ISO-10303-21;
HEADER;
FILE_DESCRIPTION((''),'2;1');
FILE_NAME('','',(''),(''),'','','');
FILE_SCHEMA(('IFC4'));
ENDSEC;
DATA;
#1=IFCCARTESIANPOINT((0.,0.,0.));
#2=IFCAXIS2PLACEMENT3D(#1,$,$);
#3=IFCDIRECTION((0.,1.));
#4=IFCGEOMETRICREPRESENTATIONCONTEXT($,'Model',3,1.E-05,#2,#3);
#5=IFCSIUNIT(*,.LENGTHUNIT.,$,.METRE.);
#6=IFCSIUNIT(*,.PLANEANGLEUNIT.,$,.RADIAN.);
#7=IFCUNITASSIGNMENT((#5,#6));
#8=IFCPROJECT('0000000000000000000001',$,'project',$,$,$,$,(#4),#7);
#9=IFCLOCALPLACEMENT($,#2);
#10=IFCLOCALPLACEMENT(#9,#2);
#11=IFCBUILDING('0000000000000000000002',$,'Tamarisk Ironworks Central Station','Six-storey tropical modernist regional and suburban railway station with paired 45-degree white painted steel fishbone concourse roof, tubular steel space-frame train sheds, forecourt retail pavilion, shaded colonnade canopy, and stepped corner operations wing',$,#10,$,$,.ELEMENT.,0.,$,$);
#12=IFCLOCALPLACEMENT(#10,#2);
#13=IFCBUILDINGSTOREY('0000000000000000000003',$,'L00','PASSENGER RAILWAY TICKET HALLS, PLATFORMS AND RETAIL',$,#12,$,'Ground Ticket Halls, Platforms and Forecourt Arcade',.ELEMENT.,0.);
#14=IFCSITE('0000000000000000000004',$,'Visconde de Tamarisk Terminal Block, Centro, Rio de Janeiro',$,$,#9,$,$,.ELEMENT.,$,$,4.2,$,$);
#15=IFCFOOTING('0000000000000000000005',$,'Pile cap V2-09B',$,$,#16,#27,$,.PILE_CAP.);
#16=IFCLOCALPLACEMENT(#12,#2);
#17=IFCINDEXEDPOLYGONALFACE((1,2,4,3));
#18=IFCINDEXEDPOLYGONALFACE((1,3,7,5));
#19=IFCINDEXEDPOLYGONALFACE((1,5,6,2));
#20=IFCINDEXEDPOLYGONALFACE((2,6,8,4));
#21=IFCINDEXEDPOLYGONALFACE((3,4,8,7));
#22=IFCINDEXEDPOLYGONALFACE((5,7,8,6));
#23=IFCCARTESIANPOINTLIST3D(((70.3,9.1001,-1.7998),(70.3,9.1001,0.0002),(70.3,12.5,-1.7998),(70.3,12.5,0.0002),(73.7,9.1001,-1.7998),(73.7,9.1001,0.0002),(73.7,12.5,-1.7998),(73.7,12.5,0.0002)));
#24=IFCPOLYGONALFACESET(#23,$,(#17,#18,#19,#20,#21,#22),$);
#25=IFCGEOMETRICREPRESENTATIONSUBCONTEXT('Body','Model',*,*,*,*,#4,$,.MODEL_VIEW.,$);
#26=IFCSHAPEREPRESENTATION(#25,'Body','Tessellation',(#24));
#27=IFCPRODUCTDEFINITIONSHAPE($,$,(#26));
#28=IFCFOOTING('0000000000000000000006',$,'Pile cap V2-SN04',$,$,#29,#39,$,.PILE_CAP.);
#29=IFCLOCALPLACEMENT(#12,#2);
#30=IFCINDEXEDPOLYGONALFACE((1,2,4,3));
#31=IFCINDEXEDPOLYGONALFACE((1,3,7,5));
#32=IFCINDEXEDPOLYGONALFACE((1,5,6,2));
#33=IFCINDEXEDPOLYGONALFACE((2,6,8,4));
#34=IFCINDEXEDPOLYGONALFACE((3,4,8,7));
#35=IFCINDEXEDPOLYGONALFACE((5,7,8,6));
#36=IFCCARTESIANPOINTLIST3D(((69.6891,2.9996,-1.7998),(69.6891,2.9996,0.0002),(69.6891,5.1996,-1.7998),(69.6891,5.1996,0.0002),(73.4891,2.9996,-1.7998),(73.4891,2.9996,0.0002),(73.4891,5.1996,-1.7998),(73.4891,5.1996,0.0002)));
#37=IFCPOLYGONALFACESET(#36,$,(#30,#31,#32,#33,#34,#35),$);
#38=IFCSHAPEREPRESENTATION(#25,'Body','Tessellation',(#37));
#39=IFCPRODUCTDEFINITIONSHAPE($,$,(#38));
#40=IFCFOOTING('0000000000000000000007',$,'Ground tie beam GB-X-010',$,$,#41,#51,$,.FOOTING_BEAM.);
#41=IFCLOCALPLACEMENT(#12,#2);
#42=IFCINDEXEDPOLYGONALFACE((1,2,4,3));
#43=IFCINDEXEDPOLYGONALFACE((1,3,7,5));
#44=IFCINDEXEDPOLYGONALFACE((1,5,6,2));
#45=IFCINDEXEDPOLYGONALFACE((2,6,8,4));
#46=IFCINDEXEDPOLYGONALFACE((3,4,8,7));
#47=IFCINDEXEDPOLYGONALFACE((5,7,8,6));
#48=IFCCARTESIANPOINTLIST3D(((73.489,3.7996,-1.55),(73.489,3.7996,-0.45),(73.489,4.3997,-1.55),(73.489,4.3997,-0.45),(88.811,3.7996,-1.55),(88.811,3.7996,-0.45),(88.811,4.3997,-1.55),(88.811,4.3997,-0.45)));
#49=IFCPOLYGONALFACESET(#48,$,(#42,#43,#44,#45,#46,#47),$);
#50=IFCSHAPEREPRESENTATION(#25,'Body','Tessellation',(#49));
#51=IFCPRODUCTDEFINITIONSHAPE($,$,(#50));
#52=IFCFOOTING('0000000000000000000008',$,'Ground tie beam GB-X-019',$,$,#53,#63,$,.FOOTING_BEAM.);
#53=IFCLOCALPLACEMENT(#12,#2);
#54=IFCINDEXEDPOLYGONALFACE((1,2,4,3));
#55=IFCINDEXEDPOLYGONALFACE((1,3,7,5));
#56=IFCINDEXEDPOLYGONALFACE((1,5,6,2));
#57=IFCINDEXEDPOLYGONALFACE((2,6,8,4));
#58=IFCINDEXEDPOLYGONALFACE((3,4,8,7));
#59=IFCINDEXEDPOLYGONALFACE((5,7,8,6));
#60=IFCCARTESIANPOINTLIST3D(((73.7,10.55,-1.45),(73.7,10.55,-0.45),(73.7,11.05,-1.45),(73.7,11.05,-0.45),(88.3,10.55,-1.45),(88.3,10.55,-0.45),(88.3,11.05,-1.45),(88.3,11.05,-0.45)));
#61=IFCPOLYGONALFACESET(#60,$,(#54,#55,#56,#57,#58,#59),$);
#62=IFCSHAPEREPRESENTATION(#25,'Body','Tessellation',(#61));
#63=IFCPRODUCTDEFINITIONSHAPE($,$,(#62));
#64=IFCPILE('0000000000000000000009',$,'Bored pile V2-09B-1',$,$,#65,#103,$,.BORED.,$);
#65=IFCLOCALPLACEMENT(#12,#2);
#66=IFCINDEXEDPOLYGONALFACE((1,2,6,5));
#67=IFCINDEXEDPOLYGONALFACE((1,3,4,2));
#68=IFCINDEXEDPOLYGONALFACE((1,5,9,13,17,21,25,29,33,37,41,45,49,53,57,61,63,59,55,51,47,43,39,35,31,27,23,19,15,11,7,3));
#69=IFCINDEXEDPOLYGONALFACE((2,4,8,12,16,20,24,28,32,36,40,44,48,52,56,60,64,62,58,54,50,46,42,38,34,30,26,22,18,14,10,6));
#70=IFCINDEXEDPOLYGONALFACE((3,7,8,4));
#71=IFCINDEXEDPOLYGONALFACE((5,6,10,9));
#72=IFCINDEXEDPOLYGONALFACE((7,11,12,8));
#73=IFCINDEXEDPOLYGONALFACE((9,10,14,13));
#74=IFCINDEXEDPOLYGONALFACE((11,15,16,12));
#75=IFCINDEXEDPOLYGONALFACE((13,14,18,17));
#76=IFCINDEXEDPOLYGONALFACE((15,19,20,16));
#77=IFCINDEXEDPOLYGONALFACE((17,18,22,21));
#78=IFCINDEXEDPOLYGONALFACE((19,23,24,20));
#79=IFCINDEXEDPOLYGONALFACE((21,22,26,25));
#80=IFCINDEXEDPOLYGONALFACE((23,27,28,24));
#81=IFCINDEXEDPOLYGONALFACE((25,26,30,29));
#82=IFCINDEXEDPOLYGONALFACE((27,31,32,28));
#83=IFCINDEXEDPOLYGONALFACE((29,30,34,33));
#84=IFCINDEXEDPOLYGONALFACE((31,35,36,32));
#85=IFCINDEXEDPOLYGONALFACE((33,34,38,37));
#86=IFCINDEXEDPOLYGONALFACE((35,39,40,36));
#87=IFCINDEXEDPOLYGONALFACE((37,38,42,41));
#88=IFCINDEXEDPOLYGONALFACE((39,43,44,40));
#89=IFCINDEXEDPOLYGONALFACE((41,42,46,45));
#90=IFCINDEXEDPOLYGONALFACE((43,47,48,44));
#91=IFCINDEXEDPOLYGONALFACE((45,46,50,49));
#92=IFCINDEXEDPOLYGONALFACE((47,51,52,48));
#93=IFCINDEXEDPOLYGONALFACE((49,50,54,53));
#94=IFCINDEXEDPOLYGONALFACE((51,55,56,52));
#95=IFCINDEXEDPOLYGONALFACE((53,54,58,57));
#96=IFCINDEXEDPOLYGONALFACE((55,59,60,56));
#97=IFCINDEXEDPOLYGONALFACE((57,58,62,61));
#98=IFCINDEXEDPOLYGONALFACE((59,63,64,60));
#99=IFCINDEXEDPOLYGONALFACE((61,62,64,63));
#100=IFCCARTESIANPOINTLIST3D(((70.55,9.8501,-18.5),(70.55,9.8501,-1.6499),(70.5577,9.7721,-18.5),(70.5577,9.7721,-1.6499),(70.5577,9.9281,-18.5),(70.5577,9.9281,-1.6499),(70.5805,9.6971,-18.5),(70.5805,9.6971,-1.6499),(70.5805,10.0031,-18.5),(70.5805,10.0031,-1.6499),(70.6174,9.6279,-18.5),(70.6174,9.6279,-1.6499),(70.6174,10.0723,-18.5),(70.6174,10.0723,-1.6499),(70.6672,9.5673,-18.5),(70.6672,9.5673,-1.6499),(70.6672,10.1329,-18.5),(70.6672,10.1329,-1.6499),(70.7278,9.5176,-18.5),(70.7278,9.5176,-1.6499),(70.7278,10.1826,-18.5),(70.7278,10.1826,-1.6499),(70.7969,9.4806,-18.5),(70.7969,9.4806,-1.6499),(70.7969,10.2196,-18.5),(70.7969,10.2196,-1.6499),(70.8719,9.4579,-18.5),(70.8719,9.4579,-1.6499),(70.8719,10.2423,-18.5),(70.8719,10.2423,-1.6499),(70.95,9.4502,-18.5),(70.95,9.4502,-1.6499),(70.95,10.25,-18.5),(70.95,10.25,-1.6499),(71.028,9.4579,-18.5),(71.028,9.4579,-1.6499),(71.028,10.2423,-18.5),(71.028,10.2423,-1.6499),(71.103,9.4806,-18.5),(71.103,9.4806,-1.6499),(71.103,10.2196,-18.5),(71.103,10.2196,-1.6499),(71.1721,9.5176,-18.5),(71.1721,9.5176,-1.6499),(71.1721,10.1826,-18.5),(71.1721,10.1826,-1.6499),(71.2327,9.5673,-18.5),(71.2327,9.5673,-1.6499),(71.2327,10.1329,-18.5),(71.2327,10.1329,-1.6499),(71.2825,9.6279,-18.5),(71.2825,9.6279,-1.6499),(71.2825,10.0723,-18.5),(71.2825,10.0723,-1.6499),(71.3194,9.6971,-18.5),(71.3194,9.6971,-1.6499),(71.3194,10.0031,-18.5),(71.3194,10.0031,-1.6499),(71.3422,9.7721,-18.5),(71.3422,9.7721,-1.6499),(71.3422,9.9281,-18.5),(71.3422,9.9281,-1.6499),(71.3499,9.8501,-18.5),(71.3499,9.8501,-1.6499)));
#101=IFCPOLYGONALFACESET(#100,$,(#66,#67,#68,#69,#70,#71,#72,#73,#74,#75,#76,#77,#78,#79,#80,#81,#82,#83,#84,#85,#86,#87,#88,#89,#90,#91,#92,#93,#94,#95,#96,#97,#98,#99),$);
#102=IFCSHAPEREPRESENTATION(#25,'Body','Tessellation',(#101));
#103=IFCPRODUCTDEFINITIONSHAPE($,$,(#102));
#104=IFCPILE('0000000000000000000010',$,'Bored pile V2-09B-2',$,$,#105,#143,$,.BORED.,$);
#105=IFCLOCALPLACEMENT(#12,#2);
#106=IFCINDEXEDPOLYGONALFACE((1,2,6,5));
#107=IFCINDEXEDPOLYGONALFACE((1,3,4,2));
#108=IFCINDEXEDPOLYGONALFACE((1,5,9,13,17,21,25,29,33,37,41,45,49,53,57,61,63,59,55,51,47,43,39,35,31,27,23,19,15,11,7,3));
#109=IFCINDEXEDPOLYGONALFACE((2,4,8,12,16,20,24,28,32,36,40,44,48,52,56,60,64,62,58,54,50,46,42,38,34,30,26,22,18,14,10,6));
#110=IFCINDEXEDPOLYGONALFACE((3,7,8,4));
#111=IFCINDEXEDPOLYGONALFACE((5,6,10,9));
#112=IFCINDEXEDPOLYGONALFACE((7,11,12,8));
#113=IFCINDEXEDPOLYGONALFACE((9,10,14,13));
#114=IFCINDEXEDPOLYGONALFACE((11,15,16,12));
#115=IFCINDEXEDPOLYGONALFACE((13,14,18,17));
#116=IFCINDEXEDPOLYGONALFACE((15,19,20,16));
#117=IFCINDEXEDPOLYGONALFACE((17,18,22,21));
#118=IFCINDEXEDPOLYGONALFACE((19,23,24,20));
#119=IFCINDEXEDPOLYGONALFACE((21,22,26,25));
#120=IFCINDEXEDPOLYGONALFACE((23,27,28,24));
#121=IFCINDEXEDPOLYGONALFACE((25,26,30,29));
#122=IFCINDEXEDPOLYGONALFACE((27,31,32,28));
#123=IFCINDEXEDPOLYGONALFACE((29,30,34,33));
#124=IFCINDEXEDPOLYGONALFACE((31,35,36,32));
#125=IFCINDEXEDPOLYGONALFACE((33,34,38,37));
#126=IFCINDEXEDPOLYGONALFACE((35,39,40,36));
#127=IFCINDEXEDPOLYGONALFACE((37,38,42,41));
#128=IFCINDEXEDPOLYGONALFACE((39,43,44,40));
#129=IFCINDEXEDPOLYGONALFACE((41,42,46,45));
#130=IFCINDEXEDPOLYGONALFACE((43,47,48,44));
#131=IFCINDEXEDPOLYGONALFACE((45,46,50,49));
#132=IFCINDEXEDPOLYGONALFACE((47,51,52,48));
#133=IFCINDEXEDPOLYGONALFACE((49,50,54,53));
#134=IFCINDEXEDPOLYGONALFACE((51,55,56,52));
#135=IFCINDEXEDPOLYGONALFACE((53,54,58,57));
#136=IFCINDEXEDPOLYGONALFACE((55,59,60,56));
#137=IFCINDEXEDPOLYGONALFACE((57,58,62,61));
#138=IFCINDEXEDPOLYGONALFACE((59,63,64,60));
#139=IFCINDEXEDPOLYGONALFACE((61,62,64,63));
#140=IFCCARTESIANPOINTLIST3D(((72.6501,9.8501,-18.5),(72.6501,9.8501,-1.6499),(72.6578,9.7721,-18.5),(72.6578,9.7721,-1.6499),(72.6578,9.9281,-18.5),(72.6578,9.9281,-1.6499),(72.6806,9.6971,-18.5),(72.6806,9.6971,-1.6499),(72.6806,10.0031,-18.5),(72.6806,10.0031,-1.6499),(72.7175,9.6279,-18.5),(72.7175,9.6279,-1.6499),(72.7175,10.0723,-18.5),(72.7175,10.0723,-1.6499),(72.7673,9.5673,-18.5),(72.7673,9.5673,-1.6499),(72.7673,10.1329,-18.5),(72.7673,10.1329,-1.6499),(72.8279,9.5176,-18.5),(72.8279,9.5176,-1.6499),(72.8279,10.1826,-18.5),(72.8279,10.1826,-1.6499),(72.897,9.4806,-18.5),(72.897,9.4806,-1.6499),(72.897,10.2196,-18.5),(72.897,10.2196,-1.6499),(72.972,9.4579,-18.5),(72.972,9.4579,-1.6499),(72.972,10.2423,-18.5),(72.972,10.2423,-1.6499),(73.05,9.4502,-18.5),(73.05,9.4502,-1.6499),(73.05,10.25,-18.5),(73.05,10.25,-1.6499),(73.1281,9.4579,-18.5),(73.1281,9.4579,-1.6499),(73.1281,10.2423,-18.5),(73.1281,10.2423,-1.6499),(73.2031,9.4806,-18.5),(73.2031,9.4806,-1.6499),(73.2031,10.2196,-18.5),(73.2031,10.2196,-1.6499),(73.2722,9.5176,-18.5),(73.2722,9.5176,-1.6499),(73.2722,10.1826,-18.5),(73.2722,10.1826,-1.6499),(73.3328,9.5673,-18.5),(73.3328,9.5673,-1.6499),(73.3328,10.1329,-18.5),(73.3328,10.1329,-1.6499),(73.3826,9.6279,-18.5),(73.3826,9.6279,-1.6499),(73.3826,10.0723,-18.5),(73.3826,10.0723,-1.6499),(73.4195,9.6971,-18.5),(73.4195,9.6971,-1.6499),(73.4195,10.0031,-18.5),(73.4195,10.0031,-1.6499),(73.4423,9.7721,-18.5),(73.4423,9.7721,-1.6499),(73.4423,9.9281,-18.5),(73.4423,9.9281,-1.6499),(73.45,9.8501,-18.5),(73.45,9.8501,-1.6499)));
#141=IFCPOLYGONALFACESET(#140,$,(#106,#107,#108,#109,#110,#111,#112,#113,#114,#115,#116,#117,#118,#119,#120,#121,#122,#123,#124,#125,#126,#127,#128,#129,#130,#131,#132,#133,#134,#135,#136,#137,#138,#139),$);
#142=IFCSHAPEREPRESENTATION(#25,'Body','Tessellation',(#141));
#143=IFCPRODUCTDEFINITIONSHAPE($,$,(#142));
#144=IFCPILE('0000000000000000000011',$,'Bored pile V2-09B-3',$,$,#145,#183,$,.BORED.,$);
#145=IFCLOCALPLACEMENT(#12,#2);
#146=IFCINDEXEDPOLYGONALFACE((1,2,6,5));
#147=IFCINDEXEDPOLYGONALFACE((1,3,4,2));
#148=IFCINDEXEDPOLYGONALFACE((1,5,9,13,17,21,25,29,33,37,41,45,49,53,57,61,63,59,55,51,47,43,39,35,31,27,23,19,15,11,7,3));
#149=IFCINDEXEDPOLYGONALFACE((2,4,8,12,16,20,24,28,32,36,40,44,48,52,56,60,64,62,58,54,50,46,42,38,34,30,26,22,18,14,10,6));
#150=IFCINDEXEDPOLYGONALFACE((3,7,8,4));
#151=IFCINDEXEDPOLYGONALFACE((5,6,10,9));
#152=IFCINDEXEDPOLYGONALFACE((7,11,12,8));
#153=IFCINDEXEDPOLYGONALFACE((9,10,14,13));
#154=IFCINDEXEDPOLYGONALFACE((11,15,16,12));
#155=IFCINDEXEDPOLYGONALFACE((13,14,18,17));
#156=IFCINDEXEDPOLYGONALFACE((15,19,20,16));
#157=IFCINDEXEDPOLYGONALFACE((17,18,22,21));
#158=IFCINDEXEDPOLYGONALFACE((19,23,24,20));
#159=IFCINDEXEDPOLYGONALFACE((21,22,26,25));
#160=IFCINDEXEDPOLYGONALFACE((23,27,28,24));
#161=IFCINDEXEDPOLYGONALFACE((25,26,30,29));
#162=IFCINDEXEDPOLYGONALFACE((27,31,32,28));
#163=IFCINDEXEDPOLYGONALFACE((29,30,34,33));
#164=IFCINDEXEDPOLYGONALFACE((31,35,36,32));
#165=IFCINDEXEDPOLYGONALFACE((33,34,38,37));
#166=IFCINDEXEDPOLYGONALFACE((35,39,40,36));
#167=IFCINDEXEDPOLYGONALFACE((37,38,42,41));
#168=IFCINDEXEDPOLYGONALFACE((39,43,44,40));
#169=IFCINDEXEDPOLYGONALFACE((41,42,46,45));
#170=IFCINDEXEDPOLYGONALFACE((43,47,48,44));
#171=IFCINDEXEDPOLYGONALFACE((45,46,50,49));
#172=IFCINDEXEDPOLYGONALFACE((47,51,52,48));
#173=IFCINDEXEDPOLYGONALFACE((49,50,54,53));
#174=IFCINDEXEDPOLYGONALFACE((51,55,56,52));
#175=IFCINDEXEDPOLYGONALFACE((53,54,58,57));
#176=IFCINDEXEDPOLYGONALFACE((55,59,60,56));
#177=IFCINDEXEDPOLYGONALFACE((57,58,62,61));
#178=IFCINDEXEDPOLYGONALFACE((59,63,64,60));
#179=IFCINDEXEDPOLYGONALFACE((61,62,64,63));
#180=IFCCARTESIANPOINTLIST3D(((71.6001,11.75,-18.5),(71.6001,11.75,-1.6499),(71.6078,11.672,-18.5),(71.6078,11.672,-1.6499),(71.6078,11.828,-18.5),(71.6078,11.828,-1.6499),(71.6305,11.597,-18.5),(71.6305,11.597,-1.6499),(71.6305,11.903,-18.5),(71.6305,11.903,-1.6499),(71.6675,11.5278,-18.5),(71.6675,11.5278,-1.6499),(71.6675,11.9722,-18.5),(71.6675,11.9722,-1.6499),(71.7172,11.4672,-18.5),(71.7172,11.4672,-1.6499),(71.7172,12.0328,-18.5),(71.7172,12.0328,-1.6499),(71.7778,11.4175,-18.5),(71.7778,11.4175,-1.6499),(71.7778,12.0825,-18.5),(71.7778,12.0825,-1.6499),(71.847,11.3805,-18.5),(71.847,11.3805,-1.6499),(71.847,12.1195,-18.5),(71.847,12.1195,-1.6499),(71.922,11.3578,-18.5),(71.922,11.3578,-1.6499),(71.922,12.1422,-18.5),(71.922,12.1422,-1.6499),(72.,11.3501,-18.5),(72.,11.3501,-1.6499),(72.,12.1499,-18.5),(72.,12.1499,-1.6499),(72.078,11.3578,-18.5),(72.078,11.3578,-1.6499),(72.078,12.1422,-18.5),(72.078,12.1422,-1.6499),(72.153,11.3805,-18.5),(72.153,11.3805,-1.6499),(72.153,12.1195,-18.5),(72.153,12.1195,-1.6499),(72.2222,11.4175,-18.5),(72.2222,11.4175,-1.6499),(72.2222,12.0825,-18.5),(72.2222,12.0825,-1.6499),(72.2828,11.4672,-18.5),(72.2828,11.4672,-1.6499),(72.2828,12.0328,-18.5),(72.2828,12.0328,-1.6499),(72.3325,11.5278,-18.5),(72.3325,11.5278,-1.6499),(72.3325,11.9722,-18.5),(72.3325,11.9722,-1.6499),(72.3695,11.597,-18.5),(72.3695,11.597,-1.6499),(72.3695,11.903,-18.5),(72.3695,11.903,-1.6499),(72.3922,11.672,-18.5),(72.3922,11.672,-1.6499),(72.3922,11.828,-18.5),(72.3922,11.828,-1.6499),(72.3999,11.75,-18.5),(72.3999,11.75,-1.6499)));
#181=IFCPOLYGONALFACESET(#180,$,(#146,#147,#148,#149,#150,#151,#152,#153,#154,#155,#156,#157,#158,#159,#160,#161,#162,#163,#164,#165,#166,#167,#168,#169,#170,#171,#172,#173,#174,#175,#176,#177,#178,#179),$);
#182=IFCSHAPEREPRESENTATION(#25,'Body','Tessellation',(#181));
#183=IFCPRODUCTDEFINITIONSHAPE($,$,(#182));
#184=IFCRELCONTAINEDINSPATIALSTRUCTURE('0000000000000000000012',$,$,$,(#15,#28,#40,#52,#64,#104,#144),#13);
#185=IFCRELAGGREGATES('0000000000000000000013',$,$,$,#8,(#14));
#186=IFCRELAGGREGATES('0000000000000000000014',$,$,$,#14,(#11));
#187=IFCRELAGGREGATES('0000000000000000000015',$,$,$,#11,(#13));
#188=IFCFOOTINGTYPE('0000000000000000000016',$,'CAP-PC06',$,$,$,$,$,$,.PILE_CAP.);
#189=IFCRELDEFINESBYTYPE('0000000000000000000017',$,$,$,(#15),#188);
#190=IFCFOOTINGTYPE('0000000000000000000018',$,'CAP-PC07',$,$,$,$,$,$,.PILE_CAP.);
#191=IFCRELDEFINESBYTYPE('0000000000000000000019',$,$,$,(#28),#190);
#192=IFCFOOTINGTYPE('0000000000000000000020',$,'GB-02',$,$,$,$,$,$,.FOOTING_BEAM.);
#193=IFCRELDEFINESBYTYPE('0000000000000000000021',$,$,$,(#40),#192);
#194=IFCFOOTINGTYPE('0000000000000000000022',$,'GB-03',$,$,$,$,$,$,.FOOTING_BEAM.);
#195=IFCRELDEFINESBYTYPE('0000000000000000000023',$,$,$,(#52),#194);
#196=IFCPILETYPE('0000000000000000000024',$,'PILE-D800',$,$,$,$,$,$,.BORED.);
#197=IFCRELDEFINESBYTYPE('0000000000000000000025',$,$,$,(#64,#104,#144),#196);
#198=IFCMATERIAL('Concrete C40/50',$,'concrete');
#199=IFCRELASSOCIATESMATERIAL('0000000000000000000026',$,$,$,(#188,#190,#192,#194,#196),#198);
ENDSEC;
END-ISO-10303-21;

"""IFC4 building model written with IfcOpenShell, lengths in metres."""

from ifc_helpers import new_model, si_unit, direction, frame, origin, origin_2d, place, context, subcontext, project, spatial, rectangle, circle, extrude, material, material_profile, profile_set, type_object, element, save


model = new_model("IFC4")

# Units and contexts
model_context = context("Model", 3, precision=1e-05, world=origin(), true_north=direction((0.0, 1.0)))
body_context = subcontext(model_context, "Body", "Model", "MODEL_VIEW")
ifc_project = project(units=[si_unit("LENGTHUNIT", "METRE"), si_unit("PLANEANGLEUNIT", "RADIAN")], contexts=[model_context])

# Site, building, storey
site_placement = place(None, origin())
site = spatial("IfcSite", under=ifc_project, at=site_placement, Name="Visconde de Tamarisk Terminal Block, Centro, Rio de Janeiro", CompositionType="ELEMENT", RefElevation=4.2)
building_placement = place(site_placement, origin())
building = spatial("IfcBuilding", under=site, at=building_placement, Name="Tamarisk Ironworks Central Station", Description="Six-storey tropical modernist regional and suburban railway station with paired 45-degree white painted steel fishbone concourse roof, tubular steel space-frame train sheds, forecourt retail pavilion, shaded colonnade canopy, and stepped corner operations wing", CompositionType="ELEMENT", ElevationOfRefHeight=0.0)
storey_placement = place(building_placement, origin())
storey = spatial("IfcBuildingStorey", under=building, at=storey_placement, Name="L00", Description="PASSENGER RAILWAY TICKET HALLS, PLATFORMS AND RETAIL", LongName="Ground Ticket Halls, Platforms and Forecourt Arcade", CompositionType="ELEMENT", Elevation=0.0)

# Footings
ifc_material_1 = material(Name="Concrete C40/50", Category="concrete")
footing_type_1 = type_object("IfcFootingType", Name="CAP-PC06", PredefinedType="PILE_CAP", material=ifc_material_1)
footing_1_placement = place(storey_placement, frame((72.0, 10.8, -1.7998), z_axis=(0.0, 0.0, 1.0), x_axis=(1.0, 0.0, 0.0)))
element("IfcFooting", 1, at=footing_1_placement, inside=storey, type_object=footing_type_1, Name="Pile cap V2-09B", PredefinedType="PILE_CAP", context=body_context, shape_type="SweptSolid", body=[
    extrude(rectangle(XDim=3.3999, YDim=3.3999, at=origin_2d()), origin(), (0.0, 0.0, 1.0), 1.8),
])
footing_type_2 = type_object("IfcFootingType", Name="CAP-PC07", PredefinedType="PILE_CAP", material=ifc_material_1)
footing_2_placement = place(storey_placement, frame((71.5891, 4.0996, -1.7998), z_axis=(0.0, 0.0, 1.0), x_axis=(1.0, 0.0, 0.0)))
element("IfcFooting", 2, at=footing_2_placement, inside=storey, type_object=footing_type_2, Name="Pile cap V2-SN04", PredefinedType="PILE_CAP", context=body_context, shape_type="SweptSolid", body=[
    extrude(rectangle(XDim=3.8, YDim=2.2, at=origin_2d()), origin(), (0.0, 0.0, 1.0), 1.8),
])
ifc_material_profile_1 = material_profile(ifc_material_1, rectangle(XDim=0.6001, YDim=1.1001, at=origin_2d()), Name="GB02 600x1100")
ifc_profile_set_1 = profile_set([ifc_material_profile_1], Name="Concrete C40/50")
footing_type_3 = type_object("IfcFootingType", Name="GB-02", PredefinedType="FOOTING_BEAM", material=ifc_profile_set_1)
footing_3_placement = place(storey_placement, frame((73.489, 4.0996, -1.0), z_axis=(1.0, 0.0, 0.0), x_axis=(0.0, 1.0, 0.0)))
element("IfcFooting", 3, at=footing_3_placement, inside=storey, type_object=footing_type_3, Name="Ground tie beam GB-X-010", PredefinedType="FOOTING_BEAM", context=body_context, shape_type="SweptSolid", body=[
    extrude(rectangle(XDim=0.6001, YDim=1.1001, at=origin_2d()), origin(), (0.0, 0.0, 1.0), 15.322),
])
ifc_material_profile_2 = material_profile(ifc_material_1, rectangle(XDim=0.5, YDim=1.0, at=origin_2d()), Name="GB03 500x1000")
ifc_profile_set_2 = profile_set([ifc_material_profile_2], Name="Concrete C40/50")
footing_type_4 = type_object("IfcFootingType", Name="GB-03", PredefinedType="FOOTING_BEAM", material=ifc_profile_set_2)
footing_4_placement = place(storey_placement, frame((73.7, 10.8, -0.95), z_axis=(1.0, 0.0, 0.0), x_axis=(0.0, 1.0, 0.0)))
element("IfcFooting", 4, at=footing_4_placement, inside=storey, type_object=footing_type_4, Name="Ground tie beam GB-X-019", PredefinedType="FOOTING_BEAM", context=body_context, shape_type="SweptSolid", body=[
    extrude(rectangle(XDim=0.5, YDim=1.0, at=origin_2d()), origin(), (0.0, 0.0, 1.0), 14.6001),
])

# Piles
ifc_material_profile_3 = material_profile(ifc_material_1, circle(Radius=0.3999, at=origin_2d()), Name="BORED PILE D800")
ifc_profile_set_3 = profile_set([ifc_material_profile_3], Name="Concrete C40/50")
pile_type_1 = type_object("IfcPileType", Name="PILE-D800", PredefinedType="BORED", material=ifc_profile_set_3)
for number, where, z_axis, x_axis, name in (
    (5, (70.95, 9.8501, -1.6499), (0.0, 0.0, -1.0), (1.0, 0.0, 0.0), "Bored pile V2-09B-1"),
    (6, (73.05, 9.8501, -1.6499), (0.0, 0.0, -1.0), (1.0, 0.0, 0.0), "Bored pile V2-09B-2"),
    (7, (72.0, 11.75, -1.6499), (0.0, 0.0, -1.0), (1.0, 0.0, 0.0), "Bored pile V2-09B-3"),
):
    element("IfcPile", number, at=place(storey_placement, frame(where, z_axis=z_axis, x_axis=x_axis)), inside=storey, type_object=pile_type_1, Name=name, PredefinedType="BORED", context=body_context, shape_type="SweptSolid", body=[
        extrude(circle(Radius=0.3999, at=origin_2d()), origin(), (0.0, 0.0, 1.0), 16.8501),
    ])

save(model, "model.ifc")
